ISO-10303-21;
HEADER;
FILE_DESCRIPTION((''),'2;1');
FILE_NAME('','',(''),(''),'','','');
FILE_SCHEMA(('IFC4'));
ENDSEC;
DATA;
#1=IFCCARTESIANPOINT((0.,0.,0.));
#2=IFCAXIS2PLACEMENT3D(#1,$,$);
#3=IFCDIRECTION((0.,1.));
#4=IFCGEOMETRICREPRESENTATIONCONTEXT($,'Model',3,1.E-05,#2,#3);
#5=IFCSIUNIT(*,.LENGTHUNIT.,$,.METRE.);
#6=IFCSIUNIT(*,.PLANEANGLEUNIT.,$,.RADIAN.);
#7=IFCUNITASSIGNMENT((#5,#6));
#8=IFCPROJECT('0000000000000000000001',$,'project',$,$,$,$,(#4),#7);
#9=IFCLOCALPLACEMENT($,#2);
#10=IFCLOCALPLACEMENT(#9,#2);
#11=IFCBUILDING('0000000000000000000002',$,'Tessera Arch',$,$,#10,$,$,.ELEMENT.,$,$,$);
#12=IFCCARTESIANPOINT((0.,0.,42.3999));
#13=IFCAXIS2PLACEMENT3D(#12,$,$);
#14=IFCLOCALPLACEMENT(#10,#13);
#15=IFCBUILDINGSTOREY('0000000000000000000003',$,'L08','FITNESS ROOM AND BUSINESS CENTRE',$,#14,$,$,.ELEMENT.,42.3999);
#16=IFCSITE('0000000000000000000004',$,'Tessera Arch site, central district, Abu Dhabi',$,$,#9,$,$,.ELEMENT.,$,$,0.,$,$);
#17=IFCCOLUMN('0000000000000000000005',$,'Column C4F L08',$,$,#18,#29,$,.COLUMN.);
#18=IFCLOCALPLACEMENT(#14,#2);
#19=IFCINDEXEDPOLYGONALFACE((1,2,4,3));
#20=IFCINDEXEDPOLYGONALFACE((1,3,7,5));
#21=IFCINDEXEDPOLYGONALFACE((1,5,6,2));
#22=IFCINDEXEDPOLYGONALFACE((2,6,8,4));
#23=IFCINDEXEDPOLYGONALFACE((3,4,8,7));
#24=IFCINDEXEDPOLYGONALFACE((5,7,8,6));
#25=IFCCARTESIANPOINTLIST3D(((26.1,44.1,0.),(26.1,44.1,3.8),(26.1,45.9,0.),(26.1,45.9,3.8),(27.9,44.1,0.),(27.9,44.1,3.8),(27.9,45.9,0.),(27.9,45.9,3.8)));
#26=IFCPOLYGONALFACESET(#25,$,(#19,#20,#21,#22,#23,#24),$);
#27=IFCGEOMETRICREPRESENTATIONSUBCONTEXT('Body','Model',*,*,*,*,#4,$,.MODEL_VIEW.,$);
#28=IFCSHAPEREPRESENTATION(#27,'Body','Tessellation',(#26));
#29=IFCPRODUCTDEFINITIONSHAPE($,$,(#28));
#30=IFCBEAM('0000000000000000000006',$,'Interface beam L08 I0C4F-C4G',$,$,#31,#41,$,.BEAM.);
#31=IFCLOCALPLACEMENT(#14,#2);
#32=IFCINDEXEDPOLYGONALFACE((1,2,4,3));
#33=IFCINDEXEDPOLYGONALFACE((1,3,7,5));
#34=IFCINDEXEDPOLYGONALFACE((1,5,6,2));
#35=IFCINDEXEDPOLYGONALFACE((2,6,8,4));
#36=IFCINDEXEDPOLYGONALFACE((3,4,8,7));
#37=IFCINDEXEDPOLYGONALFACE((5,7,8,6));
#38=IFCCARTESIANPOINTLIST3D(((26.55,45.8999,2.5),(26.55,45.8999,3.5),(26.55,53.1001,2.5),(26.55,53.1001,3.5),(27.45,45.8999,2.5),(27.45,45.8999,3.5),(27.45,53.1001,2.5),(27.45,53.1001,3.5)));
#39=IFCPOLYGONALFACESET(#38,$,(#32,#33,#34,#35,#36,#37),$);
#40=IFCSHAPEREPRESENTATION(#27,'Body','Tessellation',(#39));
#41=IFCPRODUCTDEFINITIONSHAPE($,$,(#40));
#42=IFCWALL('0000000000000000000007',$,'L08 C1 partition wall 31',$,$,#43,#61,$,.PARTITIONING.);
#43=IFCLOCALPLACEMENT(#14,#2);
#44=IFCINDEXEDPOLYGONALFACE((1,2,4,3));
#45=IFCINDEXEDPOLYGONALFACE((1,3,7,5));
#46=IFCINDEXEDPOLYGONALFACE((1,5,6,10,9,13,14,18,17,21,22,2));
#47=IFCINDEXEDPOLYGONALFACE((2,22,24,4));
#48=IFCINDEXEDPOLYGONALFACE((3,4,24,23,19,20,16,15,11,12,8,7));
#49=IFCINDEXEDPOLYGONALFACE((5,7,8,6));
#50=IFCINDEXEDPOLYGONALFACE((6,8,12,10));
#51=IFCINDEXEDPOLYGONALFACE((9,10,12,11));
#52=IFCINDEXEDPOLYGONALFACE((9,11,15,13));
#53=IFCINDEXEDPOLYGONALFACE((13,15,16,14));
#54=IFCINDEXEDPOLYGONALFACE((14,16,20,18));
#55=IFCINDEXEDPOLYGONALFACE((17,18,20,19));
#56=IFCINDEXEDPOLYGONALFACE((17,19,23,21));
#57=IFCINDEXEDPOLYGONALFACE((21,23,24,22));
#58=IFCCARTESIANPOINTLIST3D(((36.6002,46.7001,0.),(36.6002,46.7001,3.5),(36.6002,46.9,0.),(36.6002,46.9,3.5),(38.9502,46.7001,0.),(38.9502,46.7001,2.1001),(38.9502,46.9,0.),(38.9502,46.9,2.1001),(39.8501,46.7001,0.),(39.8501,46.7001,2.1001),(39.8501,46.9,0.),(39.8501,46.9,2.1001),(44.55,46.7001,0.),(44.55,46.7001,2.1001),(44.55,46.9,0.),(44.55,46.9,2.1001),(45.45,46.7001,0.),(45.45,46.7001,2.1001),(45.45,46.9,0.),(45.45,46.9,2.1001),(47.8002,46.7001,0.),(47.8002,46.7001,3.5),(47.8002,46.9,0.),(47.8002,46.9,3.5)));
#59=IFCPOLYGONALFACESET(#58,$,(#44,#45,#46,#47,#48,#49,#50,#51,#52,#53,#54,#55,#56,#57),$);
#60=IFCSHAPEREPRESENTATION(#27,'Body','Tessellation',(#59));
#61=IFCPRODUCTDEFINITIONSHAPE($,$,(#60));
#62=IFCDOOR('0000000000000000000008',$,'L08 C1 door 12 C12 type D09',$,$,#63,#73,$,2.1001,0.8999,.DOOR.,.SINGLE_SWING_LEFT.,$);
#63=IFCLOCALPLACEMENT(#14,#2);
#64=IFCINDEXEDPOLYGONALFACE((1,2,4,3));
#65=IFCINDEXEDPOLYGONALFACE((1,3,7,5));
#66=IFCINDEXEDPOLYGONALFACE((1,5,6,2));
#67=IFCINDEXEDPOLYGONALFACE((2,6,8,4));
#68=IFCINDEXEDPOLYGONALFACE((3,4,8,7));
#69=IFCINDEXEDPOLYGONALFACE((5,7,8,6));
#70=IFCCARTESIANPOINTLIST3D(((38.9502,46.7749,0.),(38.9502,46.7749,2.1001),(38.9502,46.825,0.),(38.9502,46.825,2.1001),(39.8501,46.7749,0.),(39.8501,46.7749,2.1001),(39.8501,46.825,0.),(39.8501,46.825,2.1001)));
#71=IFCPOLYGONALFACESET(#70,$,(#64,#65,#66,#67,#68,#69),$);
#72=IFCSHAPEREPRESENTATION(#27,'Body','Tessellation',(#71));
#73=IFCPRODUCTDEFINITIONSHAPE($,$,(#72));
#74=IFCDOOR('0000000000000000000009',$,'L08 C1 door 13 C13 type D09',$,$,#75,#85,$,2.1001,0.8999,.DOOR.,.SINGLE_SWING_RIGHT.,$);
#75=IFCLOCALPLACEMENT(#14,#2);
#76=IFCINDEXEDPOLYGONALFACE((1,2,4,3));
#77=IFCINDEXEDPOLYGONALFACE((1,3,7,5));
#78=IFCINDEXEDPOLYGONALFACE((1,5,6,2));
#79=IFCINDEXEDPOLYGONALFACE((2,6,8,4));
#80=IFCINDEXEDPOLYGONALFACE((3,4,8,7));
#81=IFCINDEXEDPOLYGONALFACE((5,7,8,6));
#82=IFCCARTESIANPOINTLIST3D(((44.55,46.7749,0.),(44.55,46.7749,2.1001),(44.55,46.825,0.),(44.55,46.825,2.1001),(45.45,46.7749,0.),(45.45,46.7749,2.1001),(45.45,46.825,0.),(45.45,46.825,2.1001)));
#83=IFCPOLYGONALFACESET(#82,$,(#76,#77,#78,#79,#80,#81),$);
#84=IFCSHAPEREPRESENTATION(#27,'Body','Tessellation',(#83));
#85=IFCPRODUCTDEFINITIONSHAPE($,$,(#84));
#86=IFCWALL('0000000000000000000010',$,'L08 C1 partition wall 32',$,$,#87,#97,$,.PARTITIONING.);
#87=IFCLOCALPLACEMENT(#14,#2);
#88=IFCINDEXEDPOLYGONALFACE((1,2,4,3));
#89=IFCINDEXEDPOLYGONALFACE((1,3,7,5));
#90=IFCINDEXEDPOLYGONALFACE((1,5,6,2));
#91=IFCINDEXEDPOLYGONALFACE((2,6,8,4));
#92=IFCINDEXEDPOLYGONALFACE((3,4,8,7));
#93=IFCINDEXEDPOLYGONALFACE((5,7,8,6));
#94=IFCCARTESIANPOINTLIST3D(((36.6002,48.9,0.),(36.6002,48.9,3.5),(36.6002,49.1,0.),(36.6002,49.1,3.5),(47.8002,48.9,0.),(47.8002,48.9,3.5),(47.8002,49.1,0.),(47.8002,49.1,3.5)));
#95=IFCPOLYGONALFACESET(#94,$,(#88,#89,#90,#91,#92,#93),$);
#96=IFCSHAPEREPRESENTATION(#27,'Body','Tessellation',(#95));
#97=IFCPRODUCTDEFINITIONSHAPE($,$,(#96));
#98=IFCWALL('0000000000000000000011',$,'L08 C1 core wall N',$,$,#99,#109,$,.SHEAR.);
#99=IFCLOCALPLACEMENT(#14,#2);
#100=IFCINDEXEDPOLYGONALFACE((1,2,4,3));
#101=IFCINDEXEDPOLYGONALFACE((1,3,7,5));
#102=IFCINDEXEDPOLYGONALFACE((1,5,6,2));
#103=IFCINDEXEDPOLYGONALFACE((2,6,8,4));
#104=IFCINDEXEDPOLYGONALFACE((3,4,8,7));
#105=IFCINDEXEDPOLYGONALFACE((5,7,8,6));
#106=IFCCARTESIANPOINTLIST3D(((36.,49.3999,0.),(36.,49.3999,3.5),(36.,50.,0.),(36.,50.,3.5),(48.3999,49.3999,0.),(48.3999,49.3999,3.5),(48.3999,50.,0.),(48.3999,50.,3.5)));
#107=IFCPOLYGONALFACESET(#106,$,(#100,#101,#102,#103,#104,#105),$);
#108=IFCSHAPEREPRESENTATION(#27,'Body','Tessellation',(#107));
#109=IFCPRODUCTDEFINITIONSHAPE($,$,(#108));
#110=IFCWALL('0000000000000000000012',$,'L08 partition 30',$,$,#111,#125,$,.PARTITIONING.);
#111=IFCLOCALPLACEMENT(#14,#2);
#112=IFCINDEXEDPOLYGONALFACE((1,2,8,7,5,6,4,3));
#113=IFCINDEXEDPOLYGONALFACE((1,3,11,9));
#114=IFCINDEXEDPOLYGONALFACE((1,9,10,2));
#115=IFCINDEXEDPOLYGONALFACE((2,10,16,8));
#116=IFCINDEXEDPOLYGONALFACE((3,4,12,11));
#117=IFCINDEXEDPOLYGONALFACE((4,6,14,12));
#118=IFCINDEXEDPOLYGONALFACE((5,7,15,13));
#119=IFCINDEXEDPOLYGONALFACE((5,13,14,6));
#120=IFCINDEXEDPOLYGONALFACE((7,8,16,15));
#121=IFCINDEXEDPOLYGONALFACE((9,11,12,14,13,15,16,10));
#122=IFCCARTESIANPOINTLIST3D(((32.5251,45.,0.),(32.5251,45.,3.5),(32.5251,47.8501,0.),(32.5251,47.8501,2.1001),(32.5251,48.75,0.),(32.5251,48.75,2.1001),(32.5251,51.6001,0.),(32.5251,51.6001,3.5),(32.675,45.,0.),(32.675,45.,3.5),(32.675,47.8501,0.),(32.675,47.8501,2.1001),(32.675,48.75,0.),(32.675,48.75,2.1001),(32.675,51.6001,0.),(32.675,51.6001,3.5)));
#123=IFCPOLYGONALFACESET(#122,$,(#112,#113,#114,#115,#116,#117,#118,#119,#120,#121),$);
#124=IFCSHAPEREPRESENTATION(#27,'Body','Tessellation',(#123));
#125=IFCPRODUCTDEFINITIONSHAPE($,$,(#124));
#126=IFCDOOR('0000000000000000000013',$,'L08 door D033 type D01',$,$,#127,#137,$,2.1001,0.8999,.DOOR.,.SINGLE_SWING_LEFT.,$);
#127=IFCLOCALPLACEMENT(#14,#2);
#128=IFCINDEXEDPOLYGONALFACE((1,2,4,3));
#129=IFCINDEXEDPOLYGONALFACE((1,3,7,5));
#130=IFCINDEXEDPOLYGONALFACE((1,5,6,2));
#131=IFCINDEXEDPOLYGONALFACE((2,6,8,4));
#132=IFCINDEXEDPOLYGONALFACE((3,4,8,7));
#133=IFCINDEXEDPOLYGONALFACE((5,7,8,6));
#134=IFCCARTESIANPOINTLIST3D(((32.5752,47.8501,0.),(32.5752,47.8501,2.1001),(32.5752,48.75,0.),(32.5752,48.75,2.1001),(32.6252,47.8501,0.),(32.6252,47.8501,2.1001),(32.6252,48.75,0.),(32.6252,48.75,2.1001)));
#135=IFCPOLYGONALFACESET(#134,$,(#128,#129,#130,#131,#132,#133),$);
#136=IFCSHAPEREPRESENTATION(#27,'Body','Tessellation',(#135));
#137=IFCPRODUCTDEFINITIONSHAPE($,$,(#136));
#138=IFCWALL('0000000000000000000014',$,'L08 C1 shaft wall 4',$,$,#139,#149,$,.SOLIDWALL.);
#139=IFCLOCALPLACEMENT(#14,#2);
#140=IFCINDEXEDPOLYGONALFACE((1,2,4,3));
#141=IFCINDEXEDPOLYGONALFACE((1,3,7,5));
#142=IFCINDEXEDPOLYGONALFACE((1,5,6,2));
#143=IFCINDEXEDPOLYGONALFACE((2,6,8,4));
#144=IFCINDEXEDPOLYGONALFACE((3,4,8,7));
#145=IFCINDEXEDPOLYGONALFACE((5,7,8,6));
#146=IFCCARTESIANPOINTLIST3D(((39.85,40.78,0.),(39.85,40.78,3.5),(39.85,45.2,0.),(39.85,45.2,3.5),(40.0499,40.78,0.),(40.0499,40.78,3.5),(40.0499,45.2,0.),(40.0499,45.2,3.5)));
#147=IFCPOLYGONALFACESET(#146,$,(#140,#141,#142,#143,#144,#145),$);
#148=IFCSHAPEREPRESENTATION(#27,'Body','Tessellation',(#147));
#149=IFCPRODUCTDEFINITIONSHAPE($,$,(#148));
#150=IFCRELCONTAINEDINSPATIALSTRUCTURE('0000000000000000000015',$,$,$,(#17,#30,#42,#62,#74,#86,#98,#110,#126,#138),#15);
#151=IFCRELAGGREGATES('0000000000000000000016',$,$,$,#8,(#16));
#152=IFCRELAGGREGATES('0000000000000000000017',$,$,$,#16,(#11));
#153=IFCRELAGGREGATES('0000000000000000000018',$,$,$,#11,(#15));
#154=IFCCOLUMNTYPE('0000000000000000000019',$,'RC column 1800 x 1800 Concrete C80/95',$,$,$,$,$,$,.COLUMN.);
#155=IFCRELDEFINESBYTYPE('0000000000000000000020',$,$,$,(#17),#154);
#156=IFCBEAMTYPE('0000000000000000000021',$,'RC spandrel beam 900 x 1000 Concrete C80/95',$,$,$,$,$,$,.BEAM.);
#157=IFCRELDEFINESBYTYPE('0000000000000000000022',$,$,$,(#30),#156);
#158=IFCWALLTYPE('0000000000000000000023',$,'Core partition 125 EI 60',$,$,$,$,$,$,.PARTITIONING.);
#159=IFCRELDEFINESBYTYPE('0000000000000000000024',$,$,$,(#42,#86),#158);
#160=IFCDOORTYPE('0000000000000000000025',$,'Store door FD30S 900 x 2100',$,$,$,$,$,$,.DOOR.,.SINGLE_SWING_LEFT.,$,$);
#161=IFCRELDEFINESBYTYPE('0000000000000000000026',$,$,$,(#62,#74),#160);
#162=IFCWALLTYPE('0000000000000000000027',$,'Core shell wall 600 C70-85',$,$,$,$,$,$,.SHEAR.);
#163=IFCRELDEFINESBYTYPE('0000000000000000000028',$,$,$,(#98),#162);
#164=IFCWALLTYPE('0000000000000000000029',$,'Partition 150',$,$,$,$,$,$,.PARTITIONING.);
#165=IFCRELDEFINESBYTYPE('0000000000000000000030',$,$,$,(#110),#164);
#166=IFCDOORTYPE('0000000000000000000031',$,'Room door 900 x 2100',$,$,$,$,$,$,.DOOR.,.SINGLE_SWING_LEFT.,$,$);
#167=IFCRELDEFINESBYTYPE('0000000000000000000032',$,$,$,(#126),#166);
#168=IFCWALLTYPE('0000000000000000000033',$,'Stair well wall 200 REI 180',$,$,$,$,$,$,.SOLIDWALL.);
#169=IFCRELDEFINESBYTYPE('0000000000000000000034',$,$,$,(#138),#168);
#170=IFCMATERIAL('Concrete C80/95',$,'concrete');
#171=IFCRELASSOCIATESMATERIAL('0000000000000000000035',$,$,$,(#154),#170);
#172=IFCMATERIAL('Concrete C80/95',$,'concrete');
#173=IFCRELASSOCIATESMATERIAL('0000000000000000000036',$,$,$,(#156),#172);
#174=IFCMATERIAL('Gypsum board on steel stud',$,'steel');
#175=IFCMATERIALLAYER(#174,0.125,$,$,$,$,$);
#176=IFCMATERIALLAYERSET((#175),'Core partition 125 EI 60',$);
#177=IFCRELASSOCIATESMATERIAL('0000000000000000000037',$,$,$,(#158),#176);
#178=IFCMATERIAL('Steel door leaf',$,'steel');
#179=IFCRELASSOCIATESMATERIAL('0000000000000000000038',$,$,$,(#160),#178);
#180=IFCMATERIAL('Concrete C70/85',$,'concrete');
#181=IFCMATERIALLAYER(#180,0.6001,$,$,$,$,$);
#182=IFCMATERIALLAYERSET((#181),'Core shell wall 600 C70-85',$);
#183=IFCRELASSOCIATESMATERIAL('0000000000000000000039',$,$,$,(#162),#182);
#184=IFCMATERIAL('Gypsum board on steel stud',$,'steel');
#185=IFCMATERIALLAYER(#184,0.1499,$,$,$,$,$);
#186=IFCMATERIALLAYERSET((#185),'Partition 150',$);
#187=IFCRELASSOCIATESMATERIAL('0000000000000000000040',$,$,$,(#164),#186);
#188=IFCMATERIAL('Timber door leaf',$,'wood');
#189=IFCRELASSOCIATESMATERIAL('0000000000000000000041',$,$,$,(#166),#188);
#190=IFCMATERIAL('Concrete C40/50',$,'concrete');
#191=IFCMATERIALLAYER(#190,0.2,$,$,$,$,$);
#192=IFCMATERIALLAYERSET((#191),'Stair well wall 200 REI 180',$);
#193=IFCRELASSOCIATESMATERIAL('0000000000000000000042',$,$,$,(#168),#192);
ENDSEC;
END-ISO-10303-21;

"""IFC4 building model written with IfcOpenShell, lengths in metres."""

from ifc_helpers import new_model, si_unit, direction, frame, frame_2d, origin, origin_2d, place, context, subcontext, project, spatial, rectangle, extrude, material, layer, layer_set, material_profile, profile_set, type_object, element, fill, save


model = new_model("IFC4")

# Units and contexts
model_context = context("Model", 3, precision=1e-05, world=origin(), true_north=direction((0.0, 1.0)))
body_context = subcontext(model_context, "Body", "Model", "MODEL_VIEW")
ifc_project = project(units=[si_unit("LENGTHUNIT", "METRE"), si_unit("PLANEANGLEUNIT", "RADIAN")], contexts=[model_context])

# Site, building, storey
site_placement = place(None, origin())
site = spatial("IfcSite", under=ifc_project, at=site_placement, Name="Tessera Arch site, central district, Abu Dhabi", CompositionType="ELEMENT", RefElevation=0.0)
building_placement = place(site_placement, origin())
building = spatial("IfcBuilding", under=site, at=building_placement, Name="Tessera Arch", CompositionType="ELEMENT")
storey_placement = place(building_placement, frame((0.0, 0.0, 42.3999)))
storey = spatial("IfcBuildingStorey", under=building, at=storey_placement, Name="L08", Description="FITNESS ROOM AND BUSINESS CENTRE", CompositionType="ELEMENT", Elevation=42.3999)

# Column
ifc_material_1 = material(Name="Concrete C80/95", Category="concrete")
ifc_material_profile_1 = material_profile(ifc_material_1, rectangle(XDim=1.8, YDim=1.8, at=origin_2d()), Name="RC column 1800 x 1800 Concrete C80/95")
ifc_profile_set_1 = profile_set([ifc_material_profile_1], Name="Concrete C80/95")
column_type = type_object("IfcColumnType", Name="RC column 1800 x 1800 Concrete C80/95", PredefinedType="COLUMN", material=ifc_profile_set_1)
column_placement = place(storey_placement, frame((27.0, 45.0, 0.0), z_axis=(0.0, 0.0, 1.0), x_axis=(1.0, 0.0, 0.0)))
element("IfcColumn", 1, at=column_placement, inside=storey, type_object=column_type, Name="Column C4F L08", PredefinedType="COLUMN", context=body_context, shape_type="SweptSolid", body=[
    extrude(rectangle(XDim=1.8, YDim=1.8, at=origin_2d()), origin(), (0.0, 0.0, 1.0), 3.8),
])

# Beam
ifc_material_2 = material(Name="Concrete C80/95", Category="concrete")
ifc_material_profile_2 = material_profile(ifc_material_2, rectangle(XDim=0.8999, YDim=1.0, at=origin_2d()), Name="RC spandrel beam 900 x 1000 Concrete C80/95")
ifc_profile_set_2 = profile_set([ifc_material_profile_2], Name="Concrete C80/95")
beam_type = type_object("IfcBeamType", Name="RC spandrel beam 900 x 1000 Concrete C80/95", PredefinedType="BEAM", material=ifc_profile_set_2)
beam_placement = place(storey_placement, frame((27.0, 45.8999, 3.0), z_axis=(0.0, 1.0, 0.0), x_axis=(-1.0, 0.0, 0.0)))
element("IfcBeam", 2, at=beam_placement, inside=storey, type_object=beam_type, Name="Interface beam L08 I0C4F-C4G", PredefinedType="BEAM", context=body_context, shape_type="SweptSolid", body=[
    extrude(rectangle(XDim=0.8999, YDim=1.0, at=origin_2d()), origin(), (0.0, 0.0, 1.0), 7.2002),
])

# Wall, openings, doors
ifc_material_3 = material(Name="Gypsum board on steel stud", Category="steel")
ifc_layer_1 = layer(ifc_material_3, 0.125)
ifc_layer_set_1 = layer_set([ifc_layer_1], Name="Core partition 125 EI 60")
wall_type_1 = type_object("IfcWallType", Name="Core partition 125 EI 60", PredefinedType="PARTITIONING", material=ifc_layer_set_1)
wall_1_placement = place(storey_placement, frame((36.6001, 46.8, 0.0), z_axis=(0.0, 0.0, 1.0), x_axis=(1.0, 0.0, 0.0)))
wall_1 = element("IfcWall", 3, at=wall_1_placement, inside=storey, type_object=wall_type_1, Name="L08 C1 partition wall 31", PredefinedType="PARTITIONING", context=body_context, shape_type="SweptSolid", body=[
    extrude(rectangle(XDim=11.2, YDim=0.2, at=frame_2d((5.6001, 0.0))), origin(), (0.0, 0.0, 1.0), 3.5),
])
opening_1_placement = place(wall_1_placement, frame((2.3501, 0.0, 0.0)))
opening_1 = element("IfcOpeningElement", 4, at=opening_1_placement, cuts=wall_1, PredefinedType="OPENING", context=body_context, shape_type="SweptSolid", body=[
    extrude(rectangle(XDim=0.8999, YDim=2.1001, at=frame_2d((0.45, 1.05))), frame((0.0, 0.1099, 0.0), z_axis=(0.0, -1.0, 0.0), x_axis=(1.0, 0.0, 0.0)), (0.0, 0.0, 1.0), 0.22),
])
opening_2_placement = place(wall_1_placement, frame((7.95, 0.0, 0.0)))
opening_2 = element("IfcOpeningElement", 5, at=opening_2_placement, cuts=wall_1, PredefinedType="OPENING", context=body_context, shape_type="SweptSolid", body=[
    extrude(rectangle(XDim=0.8999, YDim=2.1001, at=frame_2d((0.45, 1.05))), frame((0.0, 0.1099, 0.0), z_axis=(0.0, -1.0, 0.0), x_axis=(1.0, 0.0, 0.0)), (0.0, 0.0, 1.0), 0.22),
])
ifc_material_4 = material(Name="Steel door leaf", Category="steel")
door_type_1 = type_object("IfcDoorType", Name="Store door FD30S 900 x 2100", OperationType="SINGLE_SWING_LEFT", PredefinedType="DOOR", material=ifc_material_4)
door_1_placement = place(opening_1_placement, origin())
door_1 = element("IfcDoor", 6, at=door_1_placement, inside=storey, type_object=door_type_1, Name="L08 C1 door 12 C12 type D09", OperationType="SINGLE_SWING_LEFT", OverallHeight=2.1001, OverallWidth=0.8999, PredefinedType="DOOR", context=body_context, shape_type="SweptSolid", body=[
    extrude(rectangle(XDim=0.8999, YDim=2.1001, at=frame_2d((0.45, 1.05))), frame((0.0, 0.0249, 0.0), z_axis=(0.0, -1.0, 0.0), x_axis=(1.0, 0.0, 0.0)), (0.0, 0.0, 1.0), 0.05),
])
fill(opening_1, door_1)
door_2_placement = place(opening_2_placement, origin())
door_2 = element("IfcDoor", 7, at=door_2_placement, inside=storey, type_object=door_type_1, Name="L08 C1 door 13 C13 type D09", OperationType="SINGLE_SWING_RIGHT", OverallHeight=2.1001, OverallWidth=0.8999, PredefinedType="DOOR", context=body_context, shape_type="SweptSolid", body=[
    extrude(rectangle(XDim=0.8999, YDim=2.1001, at=frame_2d((0.45, 1.05))), frame((0.0, 0.0249, 0.0), z_axis=(0.0, -1.0, 0.0), x_axis=(1.0, 0.0, 0.0)), (0.0, 0.0, 1.0), 0.05),
])
fill(opening_2, door_2)

# Walls
wall_2_placement = place(storey_placement, frame((36.6001, 49.0, 0.0), z_axis=(0.0, 0.0, 1.0), x_axis=(1.0, 0.0, 0.0)))
element("IfcWall", 8, at=wall_2_placement, inside=storey, type_object=wall_type_1, Name="L08 C1 partition wall 32", PredefinedType="PARTITIONING", context=body_context, shape_type="SweptSolid", body=[
    extrude(rectangle(XDim=11.2, YDim=0.2, at=frame_2d((5.6001, 0.0))), origin(), (0.0, 0.0, 1.0), 3.5),
])
ifc_material_5 = material(Name="Concrete C70/85", Category="concrete")
ifc_layer_2 = layer(ifc_material_5, 0.6001)
ifc_layer_set_2 = layer_set([ifc_layer_2], Name="Core shell wall 600 C70-85")
wall_type_2 = type_object("IfcWallType", Name="Core shell wall 600 C70-85", PredefinedType="SHEAR", material=ifc_layer_set_2)
wall_3_placement = place(storey_placement, frame((36.0, 49.7, 0.0), z_axis=(0.0, 0.0, 1.0), x_axis=(1.0, 0.0, 0.0)))
element("IfcWall", 9, at=wall_3_placement, inside=storey, type_object=wall_type_2, Name="L08 C1 core wall N", PredefinedType="SHEAR", context=body_context, shape_type="SweptSolid", body=[
    extrude(rectangle(XDim=12.3999, YDim=0.6001, at=frame_2d((6.2, 0.0))), origin(), (0.0, 0.0, 1.0), 3.5),
])

# Wall, opening, door
ifc_material_6 = material(Name="Gypsum board on steel stud", Category="steel")
ifc_layer_3 = layer(ifc_material_6, 0.1499)
ifc_layer_set_3 = layer_set([ifc_layer_3], Name="Partition 150")
wall_type_3 = type_object("IfcWallType", Name="Partition 150", PredefinedType="PARTITIONING", material=ifc_layer_set_3)
wall_4_placement = place(storey_placement, frame((32.6001, 45.0, 0.0), z_axis=(0.0, 0.0, 1.0), x_axis=(0.0, 1.0, 0.0)))
wall_4 = element("IfcWall", 10, at=wall_4_placement, inside=storey, type_object=wall_type_3, Name="L08 partition 30", PredefinedType="PARTITIONING", context=body_context, shape_type="SweptSolid", body=[
    extrude(rectangle(XDim=6.6001, YDim=0.1499, at=frame_2d((3.3, 0.0))), origin(), (0.0, 0.0, 1.0), 3.5),
])
opening_3_placement = place(wall_4_placement, frame((2.8501, 0.0, 0.0)))
opening_3 = element("IfcOpeningElement", 11, at=opening_3_placement, cuts=wall_4, PredefinedType="OPENING", context=body_context, shape_type="SweptSolid", body=[
    extrude(rectangle(XDim=0.8999, YDim=2.1001, at=frame_2d((0.45, 1.05))), frame((0.0, 0.085, 0.0), z_axis=(0.0, -1.0, 0.0), x_axis=(1.0, 0.0, 0.0)), (0.0, 0.0, 1.0), 0.1699),
])
ifc_material_7 = material(Name="Timber door leaf", Category="wood")
door_type_2 = type_object("IfcDoorType", Name="Room door 900 x 2100", OperationType="SINGLE_SWING_LEFT", PredefinedType="DOOR", material=ifc_material_7)
door_3_placement = place(opening_3_placement, origin())
door_3 = element("IfcDoor", 12, at=door_3_placement, inside=storey, type_object=door_type_2, Name="L08 door D033 type D01", OperationType="SINGLE_SWING_LEFT", OverallHeight=2.1001, OverallWidth=0.8999, PredefinedType="DOOR", context=body_context, shape_type="SweptSolid", body=[
    extrude(rectangle(XDim=0.8999, YDim=2.1001, at=frame_2d((0.45, 1.05))), frame((0.0, 0.0249, 0.0), z_axis=(0.0, -1.0, 0.0), x_axis=(1.0, 0.0, 0.0)), (0.0, 0.0, 1.0), 0.05),
])
fill(opening_3, door_3)

# Wall
ifc_material_8 = material(Name="Concrete C40/50", Category="concrete")
ifc_layer_4 = layer(ifc_material_8, 0.2)
ifc_layer_set_4 = layer_set([ifc_layer_4], Name="Stair well wall 200 REI 180")
wall_type_4 = type_object("IfcWallType", Name="Stair well wall 200 REI 180", PredefinedType="SOLIDWALL", material=ifc_layer_set_4)
wall_5_placement = place(storey_placement, frame((39.95, 40.78, 0.0), z_axis=(0.0, 0.0, 1.0), x_axis=(0.0, 1.0, 0.0)))
element("IfcWall", 13, at=wall_5_placement, inside=storey, type_object=wall_type_4, Name="L08 C1 shaft wall 4", PredefinedType="SOLIDWALL", context=body_context, shape_type="SweptSolid", body=[
    extrude(rectangle(XDim=4.4199, YDim=0.2, at=frame_2d((2.21, 0.0))), origin(), (0.0, 0.0, 1.0), 3.5),
])

save(model, "model.ifc")
